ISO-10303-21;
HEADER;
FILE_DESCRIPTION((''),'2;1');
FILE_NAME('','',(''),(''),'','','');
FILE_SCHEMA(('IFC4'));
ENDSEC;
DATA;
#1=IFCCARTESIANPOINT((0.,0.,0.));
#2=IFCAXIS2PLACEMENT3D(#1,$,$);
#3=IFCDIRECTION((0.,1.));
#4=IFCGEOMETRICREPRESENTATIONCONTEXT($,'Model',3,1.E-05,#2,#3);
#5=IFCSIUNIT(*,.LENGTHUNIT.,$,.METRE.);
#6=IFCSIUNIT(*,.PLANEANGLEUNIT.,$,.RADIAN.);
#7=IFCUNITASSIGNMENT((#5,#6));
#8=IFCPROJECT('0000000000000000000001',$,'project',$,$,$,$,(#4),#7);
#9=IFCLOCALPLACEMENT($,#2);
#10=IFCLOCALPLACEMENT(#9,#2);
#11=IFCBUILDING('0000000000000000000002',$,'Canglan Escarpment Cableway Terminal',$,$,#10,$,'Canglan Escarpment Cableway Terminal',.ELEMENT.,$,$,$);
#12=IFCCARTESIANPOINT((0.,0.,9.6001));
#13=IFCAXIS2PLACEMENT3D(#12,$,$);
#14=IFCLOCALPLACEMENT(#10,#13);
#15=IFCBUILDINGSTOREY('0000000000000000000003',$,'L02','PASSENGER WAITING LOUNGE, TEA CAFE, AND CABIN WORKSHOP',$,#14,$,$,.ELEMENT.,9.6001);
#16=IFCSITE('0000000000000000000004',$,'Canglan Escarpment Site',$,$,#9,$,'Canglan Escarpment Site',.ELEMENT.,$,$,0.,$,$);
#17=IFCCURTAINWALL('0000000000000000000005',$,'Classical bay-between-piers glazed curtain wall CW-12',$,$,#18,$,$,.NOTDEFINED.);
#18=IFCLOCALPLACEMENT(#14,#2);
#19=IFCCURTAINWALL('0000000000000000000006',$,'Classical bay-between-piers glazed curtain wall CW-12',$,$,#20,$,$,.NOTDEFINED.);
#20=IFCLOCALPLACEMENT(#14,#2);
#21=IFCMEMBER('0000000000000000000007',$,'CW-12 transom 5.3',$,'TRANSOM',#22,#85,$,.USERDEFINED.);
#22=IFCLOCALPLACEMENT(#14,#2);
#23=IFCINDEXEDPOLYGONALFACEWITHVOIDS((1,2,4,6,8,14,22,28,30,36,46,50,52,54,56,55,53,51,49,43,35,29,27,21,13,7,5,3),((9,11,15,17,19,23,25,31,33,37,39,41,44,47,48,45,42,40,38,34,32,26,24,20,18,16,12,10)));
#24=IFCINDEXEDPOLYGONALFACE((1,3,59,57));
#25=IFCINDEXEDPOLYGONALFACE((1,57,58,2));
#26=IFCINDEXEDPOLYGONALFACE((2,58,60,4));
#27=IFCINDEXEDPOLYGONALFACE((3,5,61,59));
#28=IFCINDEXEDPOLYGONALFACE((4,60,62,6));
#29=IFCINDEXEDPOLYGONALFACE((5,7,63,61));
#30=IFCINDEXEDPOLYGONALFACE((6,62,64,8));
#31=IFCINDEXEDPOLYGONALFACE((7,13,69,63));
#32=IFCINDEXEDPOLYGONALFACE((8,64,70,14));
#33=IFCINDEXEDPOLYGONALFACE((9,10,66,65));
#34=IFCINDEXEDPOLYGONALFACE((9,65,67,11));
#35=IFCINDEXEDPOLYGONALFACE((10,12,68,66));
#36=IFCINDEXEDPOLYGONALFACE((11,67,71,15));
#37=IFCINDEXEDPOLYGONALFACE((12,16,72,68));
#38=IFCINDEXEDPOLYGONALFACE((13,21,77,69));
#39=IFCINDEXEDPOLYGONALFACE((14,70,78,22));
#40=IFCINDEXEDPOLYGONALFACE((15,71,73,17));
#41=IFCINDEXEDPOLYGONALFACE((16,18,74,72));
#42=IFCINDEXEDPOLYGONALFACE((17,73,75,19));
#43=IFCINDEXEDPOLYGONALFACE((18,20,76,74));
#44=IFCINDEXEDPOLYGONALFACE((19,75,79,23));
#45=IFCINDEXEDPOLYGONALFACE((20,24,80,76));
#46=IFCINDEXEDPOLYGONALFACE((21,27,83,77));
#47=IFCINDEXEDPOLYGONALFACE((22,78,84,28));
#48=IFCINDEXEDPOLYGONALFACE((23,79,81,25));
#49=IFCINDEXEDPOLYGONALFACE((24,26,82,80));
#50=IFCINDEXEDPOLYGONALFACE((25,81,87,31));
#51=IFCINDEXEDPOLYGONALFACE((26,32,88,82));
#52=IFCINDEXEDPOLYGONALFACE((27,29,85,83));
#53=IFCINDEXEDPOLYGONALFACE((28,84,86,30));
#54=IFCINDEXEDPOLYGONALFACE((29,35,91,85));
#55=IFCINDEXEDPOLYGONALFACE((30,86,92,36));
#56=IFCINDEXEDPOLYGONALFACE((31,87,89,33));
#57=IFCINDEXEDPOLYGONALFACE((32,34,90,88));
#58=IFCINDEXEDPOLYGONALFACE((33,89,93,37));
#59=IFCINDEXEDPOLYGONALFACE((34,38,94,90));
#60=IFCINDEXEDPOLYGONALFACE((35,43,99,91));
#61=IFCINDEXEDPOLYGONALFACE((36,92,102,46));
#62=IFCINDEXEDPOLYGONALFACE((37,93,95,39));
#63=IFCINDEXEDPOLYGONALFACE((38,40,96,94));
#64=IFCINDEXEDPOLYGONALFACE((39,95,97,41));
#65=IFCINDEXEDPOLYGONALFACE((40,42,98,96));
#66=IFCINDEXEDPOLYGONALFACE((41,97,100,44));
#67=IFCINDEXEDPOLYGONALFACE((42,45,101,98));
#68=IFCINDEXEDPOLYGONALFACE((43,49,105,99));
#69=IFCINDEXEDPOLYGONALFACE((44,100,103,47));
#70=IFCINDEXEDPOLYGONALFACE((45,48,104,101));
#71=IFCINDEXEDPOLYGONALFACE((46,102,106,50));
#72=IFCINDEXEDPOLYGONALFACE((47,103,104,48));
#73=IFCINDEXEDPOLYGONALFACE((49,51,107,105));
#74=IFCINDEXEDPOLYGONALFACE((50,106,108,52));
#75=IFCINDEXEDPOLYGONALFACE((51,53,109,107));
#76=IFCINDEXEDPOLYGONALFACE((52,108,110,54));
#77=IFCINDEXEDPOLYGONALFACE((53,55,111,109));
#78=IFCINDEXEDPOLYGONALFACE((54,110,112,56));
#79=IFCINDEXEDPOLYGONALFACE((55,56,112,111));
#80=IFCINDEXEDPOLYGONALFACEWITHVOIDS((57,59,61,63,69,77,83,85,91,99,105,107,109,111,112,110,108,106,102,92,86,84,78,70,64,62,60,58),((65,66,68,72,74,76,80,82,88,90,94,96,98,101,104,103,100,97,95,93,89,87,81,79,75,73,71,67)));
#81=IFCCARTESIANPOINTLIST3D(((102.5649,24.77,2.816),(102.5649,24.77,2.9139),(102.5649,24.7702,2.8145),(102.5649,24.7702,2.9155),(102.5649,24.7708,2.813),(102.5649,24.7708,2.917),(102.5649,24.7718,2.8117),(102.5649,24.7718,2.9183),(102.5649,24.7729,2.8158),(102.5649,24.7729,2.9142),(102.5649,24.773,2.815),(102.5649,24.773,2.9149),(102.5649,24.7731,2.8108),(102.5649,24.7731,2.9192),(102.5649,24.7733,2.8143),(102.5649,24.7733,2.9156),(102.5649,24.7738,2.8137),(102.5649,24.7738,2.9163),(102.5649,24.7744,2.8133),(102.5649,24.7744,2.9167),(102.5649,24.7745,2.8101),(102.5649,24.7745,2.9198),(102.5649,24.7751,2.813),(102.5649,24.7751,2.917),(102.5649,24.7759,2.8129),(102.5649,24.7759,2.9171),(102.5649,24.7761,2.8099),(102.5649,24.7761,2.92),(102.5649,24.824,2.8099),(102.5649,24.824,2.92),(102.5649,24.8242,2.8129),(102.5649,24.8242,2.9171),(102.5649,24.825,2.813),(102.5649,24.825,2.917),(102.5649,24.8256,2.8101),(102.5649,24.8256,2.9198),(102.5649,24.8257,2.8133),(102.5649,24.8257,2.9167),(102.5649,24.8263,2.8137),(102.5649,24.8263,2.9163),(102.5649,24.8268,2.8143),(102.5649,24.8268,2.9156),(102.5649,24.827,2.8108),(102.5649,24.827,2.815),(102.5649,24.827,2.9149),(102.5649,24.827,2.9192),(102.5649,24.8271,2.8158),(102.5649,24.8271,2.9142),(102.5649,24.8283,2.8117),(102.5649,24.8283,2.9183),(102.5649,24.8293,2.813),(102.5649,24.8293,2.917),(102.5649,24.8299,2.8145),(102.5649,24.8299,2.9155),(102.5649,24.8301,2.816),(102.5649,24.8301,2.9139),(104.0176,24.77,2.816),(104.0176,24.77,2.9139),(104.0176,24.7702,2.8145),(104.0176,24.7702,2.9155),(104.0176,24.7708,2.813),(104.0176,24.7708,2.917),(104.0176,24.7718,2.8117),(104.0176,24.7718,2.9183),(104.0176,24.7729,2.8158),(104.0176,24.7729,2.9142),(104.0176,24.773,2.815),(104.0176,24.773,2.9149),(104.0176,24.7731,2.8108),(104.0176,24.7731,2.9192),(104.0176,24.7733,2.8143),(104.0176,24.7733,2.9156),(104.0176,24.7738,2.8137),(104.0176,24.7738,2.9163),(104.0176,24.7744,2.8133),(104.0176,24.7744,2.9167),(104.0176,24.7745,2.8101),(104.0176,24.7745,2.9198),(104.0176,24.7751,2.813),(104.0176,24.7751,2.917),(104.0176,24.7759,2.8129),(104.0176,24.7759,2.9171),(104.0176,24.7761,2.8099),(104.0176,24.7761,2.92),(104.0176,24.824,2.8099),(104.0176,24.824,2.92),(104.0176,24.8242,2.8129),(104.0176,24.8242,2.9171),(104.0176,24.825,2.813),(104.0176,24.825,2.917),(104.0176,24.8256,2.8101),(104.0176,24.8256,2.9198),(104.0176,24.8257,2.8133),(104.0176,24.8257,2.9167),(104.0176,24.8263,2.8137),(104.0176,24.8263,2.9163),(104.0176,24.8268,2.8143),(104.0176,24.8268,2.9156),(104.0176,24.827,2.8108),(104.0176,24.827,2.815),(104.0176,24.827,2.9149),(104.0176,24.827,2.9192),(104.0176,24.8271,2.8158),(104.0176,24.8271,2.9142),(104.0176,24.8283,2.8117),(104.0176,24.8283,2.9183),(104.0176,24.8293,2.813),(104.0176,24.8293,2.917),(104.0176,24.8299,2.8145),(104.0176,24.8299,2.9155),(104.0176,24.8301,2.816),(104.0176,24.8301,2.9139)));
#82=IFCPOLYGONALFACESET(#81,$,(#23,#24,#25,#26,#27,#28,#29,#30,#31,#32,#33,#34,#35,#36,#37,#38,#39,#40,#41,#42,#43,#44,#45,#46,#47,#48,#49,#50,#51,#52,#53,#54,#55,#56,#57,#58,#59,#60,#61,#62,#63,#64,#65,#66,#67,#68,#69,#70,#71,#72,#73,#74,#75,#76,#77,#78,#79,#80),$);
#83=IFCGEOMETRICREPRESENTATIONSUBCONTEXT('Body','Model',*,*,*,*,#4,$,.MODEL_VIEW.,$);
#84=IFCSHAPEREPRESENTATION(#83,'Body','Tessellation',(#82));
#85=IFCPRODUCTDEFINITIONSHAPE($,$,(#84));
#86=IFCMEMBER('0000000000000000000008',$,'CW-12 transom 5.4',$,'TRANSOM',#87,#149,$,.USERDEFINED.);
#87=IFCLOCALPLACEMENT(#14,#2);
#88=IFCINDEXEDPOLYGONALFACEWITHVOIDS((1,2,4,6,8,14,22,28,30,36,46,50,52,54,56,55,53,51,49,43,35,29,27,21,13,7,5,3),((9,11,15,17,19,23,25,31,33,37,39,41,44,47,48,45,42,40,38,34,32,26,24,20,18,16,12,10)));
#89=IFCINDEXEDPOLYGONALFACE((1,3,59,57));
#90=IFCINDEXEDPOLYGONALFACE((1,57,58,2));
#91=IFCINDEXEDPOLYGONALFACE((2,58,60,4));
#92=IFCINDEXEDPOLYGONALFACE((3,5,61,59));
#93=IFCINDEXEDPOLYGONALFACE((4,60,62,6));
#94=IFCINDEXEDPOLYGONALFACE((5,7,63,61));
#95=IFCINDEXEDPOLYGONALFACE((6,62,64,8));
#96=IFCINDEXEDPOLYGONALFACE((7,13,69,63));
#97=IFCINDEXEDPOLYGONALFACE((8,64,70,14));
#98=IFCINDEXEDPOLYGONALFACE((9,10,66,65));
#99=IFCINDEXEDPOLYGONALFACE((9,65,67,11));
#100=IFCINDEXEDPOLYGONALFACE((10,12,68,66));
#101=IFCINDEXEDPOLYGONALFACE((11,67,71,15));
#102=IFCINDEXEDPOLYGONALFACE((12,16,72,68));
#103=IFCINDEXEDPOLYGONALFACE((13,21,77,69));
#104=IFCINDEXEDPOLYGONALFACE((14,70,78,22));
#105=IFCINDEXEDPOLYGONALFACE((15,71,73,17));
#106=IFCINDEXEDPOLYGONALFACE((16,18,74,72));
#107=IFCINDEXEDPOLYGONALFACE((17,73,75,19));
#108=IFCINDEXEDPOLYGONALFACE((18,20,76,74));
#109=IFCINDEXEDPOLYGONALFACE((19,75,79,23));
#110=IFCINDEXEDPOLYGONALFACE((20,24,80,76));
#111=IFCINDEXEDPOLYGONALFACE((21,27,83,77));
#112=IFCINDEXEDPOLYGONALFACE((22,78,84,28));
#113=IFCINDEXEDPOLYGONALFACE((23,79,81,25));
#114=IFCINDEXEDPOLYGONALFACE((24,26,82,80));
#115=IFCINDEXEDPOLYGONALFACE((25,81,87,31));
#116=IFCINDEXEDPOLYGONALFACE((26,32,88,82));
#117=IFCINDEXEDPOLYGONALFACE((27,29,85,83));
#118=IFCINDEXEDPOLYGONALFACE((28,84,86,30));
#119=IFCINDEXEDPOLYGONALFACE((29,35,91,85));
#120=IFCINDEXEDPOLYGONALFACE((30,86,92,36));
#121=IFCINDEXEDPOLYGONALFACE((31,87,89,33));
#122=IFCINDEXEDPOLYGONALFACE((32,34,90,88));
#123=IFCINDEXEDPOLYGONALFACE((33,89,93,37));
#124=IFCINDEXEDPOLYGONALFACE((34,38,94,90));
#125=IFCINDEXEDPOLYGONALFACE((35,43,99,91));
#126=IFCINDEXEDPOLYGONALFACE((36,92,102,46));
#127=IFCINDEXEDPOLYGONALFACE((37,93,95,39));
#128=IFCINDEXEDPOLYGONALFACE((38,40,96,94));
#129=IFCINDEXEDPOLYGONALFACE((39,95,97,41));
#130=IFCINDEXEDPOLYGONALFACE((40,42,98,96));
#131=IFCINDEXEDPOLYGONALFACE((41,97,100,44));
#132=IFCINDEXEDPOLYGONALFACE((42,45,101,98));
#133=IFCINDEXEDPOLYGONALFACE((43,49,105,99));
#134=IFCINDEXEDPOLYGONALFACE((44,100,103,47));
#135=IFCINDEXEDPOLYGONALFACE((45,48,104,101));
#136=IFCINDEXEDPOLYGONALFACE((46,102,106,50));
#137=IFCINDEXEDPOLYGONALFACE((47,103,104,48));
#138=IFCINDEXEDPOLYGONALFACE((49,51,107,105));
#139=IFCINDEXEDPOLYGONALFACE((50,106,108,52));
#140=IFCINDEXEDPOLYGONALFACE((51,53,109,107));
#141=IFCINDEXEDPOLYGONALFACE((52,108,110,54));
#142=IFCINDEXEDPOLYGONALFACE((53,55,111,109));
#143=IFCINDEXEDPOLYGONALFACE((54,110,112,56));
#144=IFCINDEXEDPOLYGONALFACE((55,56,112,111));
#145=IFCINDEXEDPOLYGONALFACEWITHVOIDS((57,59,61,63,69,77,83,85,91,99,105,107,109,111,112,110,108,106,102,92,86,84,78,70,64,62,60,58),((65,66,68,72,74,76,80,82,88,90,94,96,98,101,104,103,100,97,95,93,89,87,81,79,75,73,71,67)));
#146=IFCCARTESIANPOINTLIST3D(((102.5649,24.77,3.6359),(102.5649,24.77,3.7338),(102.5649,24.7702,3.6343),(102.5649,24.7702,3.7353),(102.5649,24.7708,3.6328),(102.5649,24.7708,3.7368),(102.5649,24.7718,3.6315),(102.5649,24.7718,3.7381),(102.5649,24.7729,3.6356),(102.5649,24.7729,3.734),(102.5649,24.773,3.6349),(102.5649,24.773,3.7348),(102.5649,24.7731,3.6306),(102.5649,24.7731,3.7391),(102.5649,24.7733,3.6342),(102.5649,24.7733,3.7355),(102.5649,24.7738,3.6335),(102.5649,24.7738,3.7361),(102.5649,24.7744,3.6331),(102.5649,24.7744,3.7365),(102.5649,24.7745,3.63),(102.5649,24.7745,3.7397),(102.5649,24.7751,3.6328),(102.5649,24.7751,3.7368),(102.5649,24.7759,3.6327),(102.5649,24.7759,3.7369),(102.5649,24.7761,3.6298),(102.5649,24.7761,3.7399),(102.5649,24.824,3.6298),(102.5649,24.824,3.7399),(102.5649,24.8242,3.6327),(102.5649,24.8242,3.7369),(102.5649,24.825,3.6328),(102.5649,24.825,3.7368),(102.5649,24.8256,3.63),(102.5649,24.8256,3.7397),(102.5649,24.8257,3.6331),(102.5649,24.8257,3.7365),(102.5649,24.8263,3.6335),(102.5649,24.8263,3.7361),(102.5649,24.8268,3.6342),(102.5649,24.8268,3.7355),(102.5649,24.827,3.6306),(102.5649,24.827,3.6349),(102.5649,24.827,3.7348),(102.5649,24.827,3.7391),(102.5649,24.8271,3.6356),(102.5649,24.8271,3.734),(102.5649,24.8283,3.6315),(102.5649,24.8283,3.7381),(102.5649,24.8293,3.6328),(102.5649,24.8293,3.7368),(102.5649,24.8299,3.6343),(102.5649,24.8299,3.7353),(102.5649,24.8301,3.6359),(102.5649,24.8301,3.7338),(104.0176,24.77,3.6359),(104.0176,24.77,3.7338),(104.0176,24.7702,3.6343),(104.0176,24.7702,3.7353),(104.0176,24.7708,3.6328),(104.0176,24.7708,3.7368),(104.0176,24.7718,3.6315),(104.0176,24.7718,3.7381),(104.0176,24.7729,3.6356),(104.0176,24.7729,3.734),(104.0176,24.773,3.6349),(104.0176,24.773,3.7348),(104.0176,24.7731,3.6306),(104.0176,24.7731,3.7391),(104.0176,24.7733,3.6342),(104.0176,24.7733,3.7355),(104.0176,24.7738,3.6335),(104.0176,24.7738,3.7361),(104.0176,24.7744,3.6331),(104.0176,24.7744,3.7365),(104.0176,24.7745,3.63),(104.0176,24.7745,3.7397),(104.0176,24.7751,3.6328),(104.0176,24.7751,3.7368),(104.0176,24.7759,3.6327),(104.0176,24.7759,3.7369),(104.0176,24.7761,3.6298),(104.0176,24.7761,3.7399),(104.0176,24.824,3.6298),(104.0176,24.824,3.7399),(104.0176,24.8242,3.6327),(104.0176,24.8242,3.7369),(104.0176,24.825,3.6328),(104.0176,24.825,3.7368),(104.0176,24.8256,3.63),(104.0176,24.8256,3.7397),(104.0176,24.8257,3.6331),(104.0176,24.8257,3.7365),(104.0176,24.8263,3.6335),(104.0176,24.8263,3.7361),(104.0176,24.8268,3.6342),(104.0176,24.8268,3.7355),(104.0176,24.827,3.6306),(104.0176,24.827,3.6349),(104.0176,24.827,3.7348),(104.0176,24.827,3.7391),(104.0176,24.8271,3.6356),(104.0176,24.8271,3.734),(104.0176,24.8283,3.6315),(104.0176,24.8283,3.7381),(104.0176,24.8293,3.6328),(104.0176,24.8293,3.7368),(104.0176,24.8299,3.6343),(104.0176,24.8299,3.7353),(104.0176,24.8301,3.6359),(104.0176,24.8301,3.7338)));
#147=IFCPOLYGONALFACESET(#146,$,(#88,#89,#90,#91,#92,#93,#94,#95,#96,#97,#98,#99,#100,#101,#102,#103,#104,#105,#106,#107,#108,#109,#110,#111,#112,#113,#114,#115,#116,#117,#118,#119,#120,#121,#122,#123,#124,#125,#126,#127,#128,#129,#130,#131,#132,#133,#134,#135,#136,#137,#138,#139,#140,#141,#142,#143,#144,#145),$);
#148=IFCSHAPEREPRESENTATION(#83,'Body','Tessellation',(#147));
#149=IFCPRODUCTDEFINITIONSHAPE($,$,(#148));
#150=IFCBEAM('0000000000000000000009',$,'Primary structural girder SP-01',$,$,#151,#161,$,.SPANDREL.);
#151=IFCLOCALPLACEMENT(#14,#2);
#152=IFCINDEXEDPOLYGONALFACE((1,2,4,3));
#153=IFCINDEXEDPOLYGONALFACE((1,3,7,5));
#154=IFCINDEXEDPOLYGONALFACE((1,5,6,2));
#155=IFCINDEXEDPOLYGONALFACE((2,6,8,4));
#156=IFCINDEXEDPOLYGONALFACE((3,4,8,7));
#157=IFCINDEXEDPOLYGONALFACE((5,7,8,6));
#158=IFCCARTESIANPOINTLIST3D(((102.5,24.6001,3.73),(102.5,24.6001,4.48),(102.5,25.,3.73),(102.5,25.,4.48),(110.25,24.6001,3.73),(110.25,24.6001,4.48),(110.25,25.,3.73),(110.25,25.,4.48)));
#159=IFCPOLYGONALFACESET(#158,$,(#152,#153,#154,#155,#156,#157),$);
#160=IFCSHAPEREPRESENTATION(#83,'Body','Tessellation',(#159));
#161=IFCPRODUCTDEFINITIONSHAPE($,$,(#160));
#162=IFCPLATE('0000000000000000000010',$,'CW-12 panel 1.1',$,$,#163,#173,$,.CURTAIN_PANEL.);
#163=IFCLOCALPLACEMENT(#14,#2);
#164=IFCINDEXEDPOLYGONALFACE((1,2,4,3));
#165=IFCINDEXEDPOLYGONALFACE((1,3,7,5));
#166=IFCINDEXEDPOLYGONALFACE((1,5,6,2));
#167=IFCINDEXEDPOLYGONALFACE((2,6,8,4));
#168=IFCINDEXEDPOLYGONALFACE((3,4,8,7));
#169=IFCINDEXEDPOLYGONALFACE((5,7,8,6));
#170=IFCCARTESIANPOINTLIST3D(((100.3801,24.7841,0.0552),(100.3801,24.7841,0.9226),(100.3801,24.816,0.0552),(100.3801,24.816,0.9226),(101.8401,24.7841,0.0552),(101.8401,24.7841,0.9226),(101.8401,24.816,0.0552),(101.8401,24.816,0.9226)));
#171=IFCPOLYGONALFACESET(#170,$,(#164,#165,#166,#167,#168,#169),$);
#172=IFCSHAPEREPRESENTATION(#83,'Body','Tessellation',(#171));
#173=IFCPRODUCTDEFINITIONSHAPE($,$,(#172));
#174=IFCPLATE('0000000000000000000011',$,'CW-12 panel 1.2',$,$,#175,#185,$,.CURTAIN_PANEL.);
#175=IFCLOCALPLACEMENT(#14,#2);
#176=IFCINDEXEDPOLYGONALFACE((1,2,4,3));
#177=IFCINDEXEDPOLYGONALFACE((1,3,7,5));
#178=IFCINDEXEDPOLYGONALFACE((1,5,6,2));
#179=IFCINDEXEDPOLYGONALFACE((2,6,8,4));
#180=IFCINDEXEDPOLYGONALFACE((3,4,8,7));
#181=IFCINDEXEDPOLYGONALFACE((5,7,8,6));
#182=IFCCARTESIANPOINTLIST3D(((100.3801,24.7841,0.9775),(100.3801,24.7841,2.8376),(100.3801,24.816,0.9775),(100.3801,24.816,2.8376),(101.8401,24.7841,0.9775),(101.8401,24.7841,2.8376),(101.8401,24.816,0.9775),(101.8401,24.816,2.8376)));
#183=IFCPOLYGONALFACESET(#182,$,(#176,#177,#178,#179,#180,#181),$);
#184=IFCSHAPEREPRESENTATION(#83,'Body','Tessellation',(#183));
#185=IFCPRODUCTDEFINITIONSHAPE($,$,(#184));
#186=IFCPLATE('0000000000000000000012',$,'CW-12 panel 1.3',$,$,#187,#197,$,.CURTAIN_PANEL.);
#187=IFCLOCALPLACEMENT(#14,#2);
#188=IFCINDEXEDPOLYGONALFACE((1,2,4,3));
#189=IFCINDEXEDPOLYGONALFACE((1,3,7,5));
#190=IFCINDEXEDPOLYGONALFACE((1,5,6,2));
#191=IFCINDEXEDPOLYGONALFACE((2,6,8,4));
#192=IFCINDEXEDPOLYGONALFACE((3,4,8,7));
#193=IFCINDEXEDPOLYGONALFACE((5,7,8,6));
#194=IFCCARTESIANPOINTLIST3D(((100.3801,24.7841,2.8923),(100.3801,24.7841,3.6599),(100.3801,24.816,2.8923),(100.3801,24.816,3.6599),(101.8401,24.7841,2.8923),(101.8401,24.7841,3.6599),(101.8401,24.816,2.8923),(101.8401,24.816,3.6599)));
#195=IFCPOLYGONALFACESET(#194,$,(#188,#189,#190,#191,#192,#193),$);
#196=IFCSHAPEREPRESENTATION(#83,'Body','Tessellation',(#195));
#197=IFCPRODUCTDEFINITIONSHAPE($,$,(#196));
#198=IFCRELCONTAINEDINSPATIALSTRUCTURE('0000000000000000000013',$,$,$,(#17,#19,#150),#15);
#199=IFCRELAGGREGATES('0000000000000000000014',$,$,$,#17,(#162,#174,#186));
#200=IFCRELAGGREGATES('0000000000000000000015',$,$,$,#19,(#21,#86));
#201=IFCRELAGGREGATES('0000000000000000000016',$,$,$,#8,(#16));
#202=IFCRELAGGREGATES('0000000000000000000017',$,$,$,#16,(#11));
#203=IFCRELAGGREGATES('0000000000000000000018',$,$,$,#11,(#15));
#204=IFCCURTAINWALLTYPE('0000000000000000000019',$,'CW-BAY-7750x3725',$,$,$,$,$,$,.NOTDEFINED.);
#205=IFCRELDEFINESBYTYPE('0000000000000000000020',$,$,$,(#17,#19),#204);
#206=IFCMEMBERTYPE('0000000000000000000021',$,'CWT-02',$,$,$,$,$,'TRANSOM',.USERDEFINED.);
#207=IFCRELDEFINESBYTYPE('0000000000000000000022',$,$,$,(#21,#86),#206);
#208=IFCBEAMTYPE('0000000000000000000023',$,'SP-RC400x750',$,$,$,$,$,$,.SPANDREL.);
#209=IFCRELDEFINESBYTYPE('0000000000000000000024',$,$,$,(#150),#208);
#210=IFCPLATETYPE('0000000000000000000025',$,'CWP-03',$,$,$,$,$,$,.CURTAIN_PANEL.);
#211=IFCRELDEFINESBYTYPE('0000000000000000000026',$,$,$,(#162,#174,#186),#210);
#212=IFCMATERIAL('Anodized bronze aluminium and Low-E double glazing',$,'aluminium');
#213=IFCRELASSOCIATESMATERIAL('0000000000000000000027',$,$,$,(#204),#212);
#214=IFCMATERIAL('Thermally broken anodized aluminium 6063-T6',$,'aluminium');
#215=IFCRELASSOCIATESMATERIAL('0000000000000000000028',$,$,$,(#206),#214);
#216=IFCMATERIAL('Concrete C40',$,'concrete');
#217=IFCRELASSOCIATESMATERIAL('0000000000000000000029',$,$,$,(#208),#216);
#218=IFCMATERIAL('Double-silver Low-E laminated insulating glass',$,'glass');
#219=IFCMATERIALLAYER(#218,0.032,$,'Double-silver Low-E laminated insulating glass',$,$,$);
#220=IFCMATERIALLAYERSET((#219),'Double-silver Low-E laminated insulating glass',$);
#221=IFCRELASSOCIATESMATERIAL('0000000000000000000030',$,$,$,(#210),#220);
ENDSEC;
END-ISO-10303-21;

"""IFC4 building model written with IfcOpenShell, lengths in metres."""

from ifc_helpers import new_model, si_unit, direction, frame, origin, origin_2d, place, context, subcontext, project, spatial, rectangle, hollow_rectangle, extrude, material, layer, layer_set, material_profile, profile_set, type_object, element, aggregate, save


model = new_model("IFC4")

# Units and contexts
model_context = context("Model", 3, precision=1e-05, world=origin(), true_north=direction((0.0, 1.0)))
body_context = subcontext(model_context, "Body", "Model", "MODEL_VIEW")
ifc_project = project(units=[si_unit("LENGTHUNIT", "METRE"), si_unit("PLANEANGLEUNIT", "RADIAN")], contexts=[model_context])

# Site, building, storey
site_placement = place(None, origin())
site = spatial("IfcSite", under=ifc_project, at=site_placement, Name="Canglan Escarpment Site", LongName="Canglan Escarpment Site", CompositionType="ELEMENT", RefElevation=0.0)
building_placement = place(site_placement, origin())
building = spatial("IfcBuilding", under=site, at=building_placement, Name="Canglan Escarpment Cableway Terminal", LongName="Canglan Escarpment Cableway Terminal", CompositionType="ELEMENT")
storey_placement = place(building_placement, frame((0.0, 0.0, 9.6001)))
storey = spatial("IfcBuildingStorey", under=building, at=storey_placement, Name="L02", Description="PASSENGER WAITING LOUNGE, TEA CAFE, AND CABIN WORKSHOP", CompositionType="ELEMENT", Elevation=9.6001)

# Shared definitions
ifc_material_1 = material(Name="Concrete C40", Category="concrete")

# Curtain walls
ifc_material_2 = material(Name="Anodized bronze aluminium and Low-E double glazing", Category="aluminium")
curtain_wall_type = type_object("IfcCurtainWallType", Name="CW-BAY-7750x3725", PredefinedType="NOTDEFINED", material=ifc_material_2)
curtain_wall_1_placement = place(storey_placement, origin())
curtain_wall_1 = element("IfcCurtainWall", 1, at=curtain_wall_1_placement, inside=storey, type_object=curtain_wall_type, Name="Classical bay-between-piers glazed curtain wall CW-12", PredefinedType="NOTDEFINED")
ifc_material_3 = material(Name="Thermally broken anodized aluminium 6063-T6", Category="aluminium")
curtain_wall_2_placement = place(storey_placement, origin())
curtain_wall_2 = element("IfcCurtainWall", 2, at=curtain_wall_2_placement, inside=storey, type_object=curtain_wall_type, Name="Classical bay-between-piers glazed curtain wall CW-12", PredefinedType="NOTDEFINED")

# Members
ifc_material_profile_1 = material_profile(ifc_material_3, hollow_rectangle(XDim=0.0601, YDim=0.1101, WallThickness=0.0029, InnerFilletRadius=0.0029, OuterFilletRadius=0.0061, at=origin_2d()), Name="ALU-TRAN 60x110x3")
ifc_profile_set_1 = profile_set([ifc_material_profile_1], Name="Thermally broken anodized aluminium 6063-T6")
member_type_1 = type_object("IfcMemberType", Name="CWT-02", ElementType="TRANSOM", PredefinedType="USERDEFINED", material=ifc_profile_set_1)
member_1_placement = place(storey_placement, frame((104.0176, 24.8, 2.865), z_axis=(-1.0, 0.0, 0.0), x_axis=(0.0, -1.0, 0.0)))
member_1 = element("IfcMember", 3, at=member_1_placement, type_object=member_type_1, Name="CW-12 transom 5.3", ObjectType="TRANSOM", PredefinedType="USERDEFINED", context=body_context, shape_type="SweptSolid", body=[
    extrude(hollow_rectangle(XDim=0.0601, YDim=0.1101, WallThickness=0.0029, InnerFilletRadius=0.0029, OuterFilletRadius=0.0061, at=origin_2d()), origin(), (0.0, 0.0, 1.0), 1.4526),
])
member_2_placement = place(storey_placement, frame((104.0176, 24.8, 3.6848), z_axis=(-1.0, 0.0, 0.0), x_axis=(0.0, -1.0, 0.0)))
member_2 = element("IfcMember", 4, at=member_2_placement, type_object=member_type_1, Name="CW-12 transom 5.4", ObjectType="TRANSOM", PredefinedType="USERDEFINED", context=body_context, shape_type="SweptSolid", body=[
    extrude(hollow_rectangle(XDim=0.0601, YDim=0.1101, WallThickness=0.0029, InnerFilletRadius=0.0029, OuterFilletRadius=0.0061, at=origin_2d()), origin(), (0.0, 0.0, 1.0), 1.4526),
])

# Beam
ifc_material_profile_2 = material_profile(ifc_material_1, rectangle(XDim=0.3999, YDim=0.75, at=origin_2d()), Name="RC 400x750")
ifc_profile_set_2 = profile_set([ifc_material_profile_2], Name="Concrete C40")
beam_type = type_object("IfcBeamType", Name="SP-RC400x750", PredefinedType="SPANDREL", material=ifc_profile_set_2)
beam_placement = place(storey_placement, frame((102.5, 24.8, 4.105), z_axis=(1.0, 0.0, 0.0), x_axis=(0.0, 1.0, 0.0)))
element("IfcBeam", 5, at=beam_placement, inside=storey, type_object=beam_type, Name="Primary structural girder SP-01", PredefinedType="SPANDREL", context=body_context, shape_type="SweptSolid", body=[
    extrude(rectangle(XDim=0.3999, YDim=0.75, at=origin_2d()), origin(), (0.0, 0.0, 1.0), 7.75),
])

# Plates
ifc_material_4 = material(Name="Double-silver Low-E laminated insulating glass", Category="glass")
ifc_layer_1 = layer(ifc_material_4, 0.032, Name="Double-silver Low-E laminated insulating glass")
ifc_layer_set_1 = layer_set([ifc_layer_1], Name="Double-silver Low-E laminated insulating glass")
plate_type_1 = type_object("IfcPlateType", Name="CWP-03", PredefinedType="CURTAIN_PANEL", material=ifc_layer_set_1)
plate_1_placement = place(storey_placement, frame((101.1101, 24.8, 0.0552), z_axis=(0.0, 0.0, 1.0), x_axis=(-1.0, 0.0, 0.0)))
plate_1 = element("IfcPlate", 6, at=plate_1_placement, type_object=plate_type_1, Name="CW-12 panel 1.1", PredefinedType="CURTAIN_PANEL", context=body_context, shape_type="SweptSolid", body=[
    extrude(rectangle(XDim=1.46, YDim=0.032, at=origin_2d()), origin(), (0.0, 0.0, 1.0), 0.8674),
])
plate_2_placement = place(storey_placement, frame((101.1101, 24.8, 0.9775), z_axis=(0.0, 0.0, 1.0), x_axis=(-1.0, 0.0, 0.0)))
plate_2 = element("IfcPlate", 7, at=plate_2_placement, type_object=plate_type_1, Name="CW-12 panel 1.2", PredefinedType="CURTAIN_PANEL", context=body_context, shape_type="SweptSolid", body=[
    extrude(rectangle(XDim=1.46, YDim=0.032, at=origin_2d()), origin(), (0.0, 0.0, 1.0), 1.8601),
])
plate_3_placement = place(storey_placement, frame((101.1101, 24.8, 2.8923), z_axis=(0.0, 0.0, 1.0), x_axis=(-1.0, 0.0, 0.0)))
plate_3 = element("IfcPlate", 8, at=plate_3_placement, type_object=plate_type_1, Name="CW-12 panel 1.3", PredefinedType="CURTAIN_PANEL", context=body_context, shape_type="SweptSolid", body=[
    extrude(rectangle(XDim=1.46, YDim=0.032, at=origin_2d()), origin(), (0.0, 0.0, 1.0), 0.7676),
])
aggregate(curtain_wall_1, [plate_1, plate_2, plate_3])
aggregate(curtain_wall_2, [member_1, member_2])

save(model, "model.ifc")
